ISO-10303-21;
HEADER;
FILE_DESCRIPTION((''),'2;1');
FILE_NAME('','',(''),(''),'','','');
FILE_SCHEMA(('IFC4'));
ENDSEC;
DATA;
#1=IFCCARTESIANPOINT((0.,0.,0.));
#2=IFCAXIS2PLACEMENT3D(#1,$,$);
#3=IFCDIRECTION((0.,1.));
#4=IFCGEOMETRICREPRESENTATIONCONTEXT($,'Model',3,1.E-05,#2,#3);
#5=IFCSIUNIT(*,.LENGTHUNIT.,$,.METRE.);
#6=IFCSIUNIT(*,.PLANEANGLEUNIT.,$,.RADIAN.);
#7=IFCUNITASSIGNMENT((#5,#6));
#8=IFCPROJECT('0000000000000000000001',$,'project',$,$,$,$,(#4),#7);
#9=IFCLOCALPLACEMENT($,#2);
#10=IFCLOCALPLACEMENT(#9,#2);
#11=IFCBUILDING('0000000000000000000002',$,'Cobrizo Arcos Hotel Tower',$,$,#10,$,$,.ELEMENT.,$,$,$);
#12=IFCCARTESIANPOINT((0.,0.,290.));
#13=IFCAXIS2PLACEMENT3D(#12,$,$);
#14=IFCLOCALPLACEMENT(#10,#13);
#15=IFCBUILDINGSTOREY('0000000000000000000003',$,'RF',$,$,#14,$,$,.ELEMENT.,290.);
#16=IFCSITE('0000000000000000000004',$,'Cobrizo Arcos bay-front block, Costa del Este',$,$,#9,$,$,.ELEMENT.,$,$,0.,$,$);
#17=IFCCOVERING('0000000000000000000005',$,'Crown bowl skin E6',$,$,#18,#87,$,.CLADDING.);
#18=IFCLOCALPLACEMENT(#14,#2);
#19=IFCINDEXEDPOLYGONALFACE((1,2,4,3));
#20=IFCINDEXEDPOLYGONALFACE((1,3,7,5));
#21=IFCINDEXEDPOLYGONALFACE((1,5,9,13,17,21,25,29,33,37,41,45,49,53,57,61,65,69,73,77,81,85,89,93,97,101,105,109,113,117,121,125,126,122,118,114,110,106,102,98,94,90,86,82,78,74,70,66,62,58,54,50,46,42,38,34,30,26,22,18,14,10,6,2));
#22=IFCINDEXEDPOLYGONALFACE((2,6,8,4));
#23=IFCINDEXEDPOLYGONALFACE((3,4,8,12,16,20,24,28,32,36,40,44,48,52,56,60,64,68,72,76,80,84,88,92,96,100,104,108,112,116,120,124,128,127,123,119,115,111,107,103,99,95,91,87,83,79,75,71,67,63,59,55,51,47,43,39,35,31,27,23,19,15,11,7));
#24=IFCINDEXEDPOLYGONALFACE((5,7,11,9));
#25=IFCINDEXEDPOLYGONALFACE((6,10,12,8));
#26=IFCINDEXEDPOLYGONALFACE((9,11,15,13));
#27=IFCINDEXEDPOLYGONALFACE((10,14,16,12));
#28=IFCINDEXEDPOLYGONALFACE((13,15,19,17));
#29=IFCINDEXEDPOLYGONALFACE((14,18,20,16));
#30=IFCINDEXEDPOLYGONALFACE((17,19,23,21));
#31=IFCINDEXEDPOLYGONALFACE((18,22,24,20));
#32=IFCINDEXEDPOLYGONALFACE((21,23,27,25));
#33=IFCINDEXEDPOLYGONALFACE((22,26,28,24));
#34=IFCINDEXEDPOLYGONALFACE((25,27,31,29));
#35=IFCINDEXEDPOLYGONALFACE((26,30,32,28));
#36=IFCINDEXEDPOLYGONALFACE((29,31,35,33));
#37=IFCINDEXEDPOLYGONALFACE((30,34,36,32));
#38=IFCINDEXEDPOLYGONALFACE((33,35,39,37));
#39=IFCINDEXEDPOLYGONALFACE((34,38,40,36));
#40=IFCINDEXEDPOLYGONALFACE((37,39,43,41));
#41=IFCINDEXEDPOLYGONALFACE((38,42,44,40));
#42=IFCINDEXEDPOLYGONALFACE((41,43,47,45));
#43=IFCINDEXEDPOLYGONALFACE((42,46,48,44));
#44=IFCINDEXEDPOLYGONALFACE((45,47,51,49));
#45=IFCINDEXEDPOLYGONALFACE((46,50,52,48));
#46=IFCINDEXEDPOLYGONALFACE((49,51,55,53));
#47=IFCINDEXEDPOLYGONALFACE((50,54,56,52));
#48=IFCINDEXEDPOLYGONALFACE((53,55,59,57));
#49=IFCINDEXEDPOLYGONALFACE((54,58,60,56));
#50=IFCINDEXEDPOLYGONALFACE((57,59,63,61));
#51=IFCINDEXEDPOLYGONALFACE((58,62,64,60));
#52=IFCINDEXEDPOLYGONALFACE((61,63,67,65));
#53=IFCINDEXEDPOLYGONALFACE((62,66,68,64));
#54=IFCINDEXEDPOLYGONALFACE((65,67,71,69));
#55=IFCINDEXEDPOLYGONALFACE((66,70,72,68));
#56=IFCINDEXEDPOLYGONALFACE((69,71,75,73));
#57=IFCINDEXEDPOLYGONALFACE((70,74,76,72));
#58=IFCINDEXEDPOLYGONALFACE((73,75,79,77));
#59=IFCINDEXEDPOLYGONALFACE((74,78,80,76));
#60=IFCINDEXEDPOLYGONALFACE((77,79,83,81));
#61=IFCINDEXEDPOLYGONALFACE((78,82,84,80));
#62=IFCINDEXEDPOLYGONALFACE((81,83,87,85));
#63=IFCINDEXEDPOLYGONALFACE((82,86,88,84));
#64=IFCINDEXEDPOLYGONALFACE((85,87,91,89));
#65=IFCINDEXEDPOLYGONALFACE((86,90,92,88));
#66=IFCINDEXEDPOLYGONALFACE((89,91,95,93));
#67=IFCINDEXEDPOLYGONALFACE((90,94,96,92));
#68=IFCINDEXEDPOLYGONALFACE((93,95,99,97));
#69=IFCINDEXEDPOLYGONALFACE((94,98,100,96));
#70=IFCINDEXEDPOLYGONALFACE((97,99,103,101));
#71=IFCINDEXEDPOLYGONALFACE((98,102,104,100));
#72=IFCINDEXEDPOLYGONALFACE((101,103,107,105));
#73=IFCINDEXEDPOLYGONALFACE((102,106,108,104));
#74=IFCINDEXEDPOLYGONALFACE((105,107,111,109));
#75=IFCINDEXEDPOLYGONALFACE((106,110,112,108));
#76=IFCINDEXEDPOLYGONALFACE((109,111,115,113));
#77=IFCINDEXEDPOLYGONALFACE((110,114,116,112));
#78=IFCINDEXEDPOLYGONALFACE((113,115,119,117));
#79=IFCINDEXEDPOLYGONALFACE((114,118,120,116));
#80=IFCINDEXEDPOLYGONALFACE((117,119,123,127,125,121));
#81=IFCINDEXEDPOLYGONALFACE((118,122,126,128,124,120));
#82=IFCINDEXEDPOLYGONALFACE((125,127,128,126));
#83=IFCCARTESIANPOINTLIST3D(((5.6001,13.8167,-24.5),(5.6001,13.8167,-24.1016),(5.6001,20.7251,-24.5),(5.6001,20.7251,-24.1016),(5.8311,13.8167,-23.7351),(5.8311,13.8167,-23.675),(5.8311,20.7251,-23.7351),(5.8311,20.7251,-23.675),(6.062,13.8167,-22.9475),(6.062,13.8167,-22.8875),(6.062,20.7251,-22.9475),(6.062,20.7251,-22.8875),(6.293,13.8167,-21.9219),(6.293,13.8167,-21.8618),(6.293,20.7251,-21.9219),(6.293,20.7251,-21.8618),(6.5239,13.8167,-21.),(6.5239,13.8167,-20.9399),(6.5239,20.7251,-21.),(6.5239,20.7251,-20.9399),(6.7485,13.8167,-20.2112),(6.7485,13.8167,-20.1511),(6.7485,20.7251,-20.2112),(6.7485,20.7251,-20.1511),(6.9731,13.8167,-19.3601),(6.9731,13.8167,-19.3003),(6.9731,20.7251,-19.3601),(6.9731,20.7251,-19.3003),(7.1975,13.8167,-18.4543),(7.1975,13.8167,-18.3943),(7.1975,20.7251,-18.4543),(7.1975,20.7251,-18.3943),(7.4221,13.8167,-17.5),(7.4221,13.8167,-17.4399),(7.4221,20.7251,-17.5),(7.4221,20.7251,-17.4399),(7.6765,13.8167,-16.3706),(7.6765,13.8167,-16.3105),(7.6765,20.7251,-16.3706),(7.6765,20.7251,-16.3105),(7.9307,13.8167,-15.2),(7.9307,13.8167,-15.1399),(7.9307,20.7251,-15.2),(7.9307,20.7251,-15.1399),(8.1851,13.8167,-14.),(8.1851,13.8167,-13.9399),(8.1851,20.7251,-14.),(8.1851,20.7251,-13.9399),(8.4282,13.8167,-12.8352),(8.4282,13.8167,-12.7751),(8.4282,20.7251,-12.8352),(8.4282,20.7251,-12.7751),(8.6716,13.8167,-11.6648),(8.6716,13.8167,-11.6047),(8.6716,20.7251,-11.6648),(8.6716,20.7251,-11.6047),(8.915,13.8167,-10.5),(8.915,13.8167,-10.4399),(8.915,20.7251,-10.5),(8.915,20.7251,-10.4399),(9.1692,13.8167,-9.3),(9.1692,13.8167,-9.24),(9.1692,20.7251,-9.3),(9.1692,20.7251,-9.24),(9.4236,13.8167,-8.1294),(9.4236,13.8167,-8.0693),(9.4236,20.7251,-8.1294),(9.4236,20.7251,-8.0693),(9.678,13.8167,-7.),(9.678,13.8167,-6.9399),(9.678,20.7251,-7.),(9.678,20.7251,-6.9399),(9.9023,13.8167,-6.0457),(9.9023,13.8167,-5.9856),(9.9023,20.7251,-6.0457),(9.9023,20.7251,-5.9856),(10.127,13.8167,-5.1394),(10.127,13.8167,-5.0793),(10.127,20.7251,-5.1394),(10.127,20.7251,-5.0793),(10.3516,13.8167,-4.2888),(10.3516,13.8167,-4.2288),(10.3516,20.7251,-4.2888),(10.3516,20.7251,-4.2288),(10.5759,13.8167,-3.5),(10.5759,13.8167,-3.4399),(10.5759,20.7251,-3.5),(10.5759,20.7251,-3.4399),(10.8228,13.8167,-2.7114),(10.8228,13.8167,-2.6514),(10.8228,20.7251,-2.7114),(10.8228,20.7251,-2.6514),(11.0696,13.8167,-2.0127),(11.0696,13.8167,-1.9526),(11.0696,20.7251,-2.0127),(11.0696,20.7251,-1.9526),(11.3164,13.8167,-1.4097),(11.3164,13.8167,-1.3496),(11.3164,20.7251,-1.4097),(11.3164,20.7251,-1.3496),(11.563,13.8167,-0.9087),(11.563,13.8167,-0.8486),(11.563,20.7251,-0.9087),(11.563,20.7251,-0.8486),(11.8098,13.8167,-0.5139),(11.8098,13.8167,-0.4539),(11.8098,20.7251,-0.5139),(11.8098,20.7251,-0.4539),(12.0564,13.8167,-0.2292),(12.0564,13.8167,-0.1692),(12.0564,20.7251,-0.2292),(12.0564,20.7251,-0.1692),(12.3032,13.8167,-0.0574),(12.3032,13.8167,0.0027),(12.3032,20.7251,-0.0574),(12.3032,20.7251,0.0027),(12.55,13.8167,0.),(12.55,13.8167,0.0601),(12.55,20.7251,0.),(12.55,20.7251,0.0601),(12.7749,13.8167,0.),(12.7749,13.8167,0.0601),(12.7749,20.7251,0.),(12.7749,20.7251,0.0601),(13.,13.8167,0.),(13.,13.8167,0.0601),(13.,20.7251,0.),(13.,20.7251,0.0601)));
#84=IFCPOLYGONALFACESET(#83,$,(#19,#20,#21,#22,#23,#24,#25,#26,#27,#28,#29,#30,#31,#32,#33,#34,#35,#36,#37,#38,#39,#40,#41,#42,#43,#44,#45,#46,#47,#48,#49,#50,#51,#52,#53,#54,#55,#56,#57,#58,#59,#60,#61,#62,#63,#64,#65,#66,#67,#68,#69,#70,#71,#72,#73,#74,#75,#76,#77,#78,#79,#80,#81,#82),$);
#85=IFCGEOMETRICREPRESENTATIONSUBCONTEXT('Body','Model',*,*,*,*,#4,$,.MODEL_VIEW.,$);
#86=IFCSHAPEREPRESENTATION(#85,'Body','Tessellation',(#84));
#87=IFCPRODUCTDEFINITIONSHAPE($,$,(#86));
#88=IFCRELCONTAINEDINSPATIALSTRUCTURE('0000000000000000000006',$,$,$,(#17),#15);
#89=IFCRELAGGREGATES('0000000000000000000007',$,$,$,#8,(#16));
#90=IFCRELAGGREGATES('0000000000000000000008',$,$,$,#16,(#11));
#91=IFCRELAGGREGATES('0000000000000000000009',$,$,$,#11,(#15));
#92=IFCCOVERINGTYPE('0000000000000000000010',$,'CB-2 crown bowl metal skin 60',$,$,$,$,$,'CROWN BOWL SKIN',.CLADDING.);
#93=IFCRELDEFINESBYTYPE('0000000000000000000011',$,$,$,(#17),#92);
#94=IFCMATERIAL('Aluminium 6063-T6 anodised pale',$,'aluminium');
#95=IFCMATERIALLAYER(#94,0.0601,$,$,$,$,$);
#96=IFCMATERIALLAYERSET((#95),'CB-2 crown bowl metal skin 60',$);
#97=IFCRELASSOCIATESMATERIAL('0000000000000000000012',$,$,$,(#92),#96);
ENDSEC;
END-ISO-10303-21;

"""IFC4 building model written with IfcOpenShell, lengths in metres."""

from ifc_helpers import new_model, si_unit, direction, frame, origin, place, context, subcontext, project, spatial, polyline, outline, extrude, material, layer, layer_set, type_object, element, save


model = new_model("IFC4")

# Units and contexts
model_context = context("Model", 3, precision=1e-05, world=origin(), true_north=direction((0.0, 1.0)))
body_context = subcontext(model_context, "Body", "Model", "MODEL_VIEW")
ifc_project = project(units=[si_unit("LENGTHUNIT", "METRE"), si_unit("PLANEANGLEUNIT", "RADIAN")], contexts=[model_context])

# Site, building, storey
site_placement = place(None, origin())
site = spatial("IfcSite", under=ifc_project, at=site_placement, Name="Cobrizo Arcos bay-front block, Costa del Este", CompositionType="ELEMENT", RefElevation=0.0)
building_placement = place(site_placement, origin())
building = spatial("IfcBuilding", under=site, at=building_placement, Name="Cobrizo Arcos Hotel Tower", CompositionType="ELEMENT")
storey_placement = place(building_placement, frame((0.0, 0.0, 290.0)))
storey = spatial("IfcBuildingStorey", under=building, at=storey_placement, Name="RF", CompositionType="ELEMENT", Elevation=290.0)

# Covering
ifc_material_1 = material(Name="Aluminium 6063-T6 anodised pale", Category="aluminium")
ifc_layer_1 = layer(ifc_material_1, 0.0601)
ifc_layer_set_1 = layer_set([ifc_layer_1], Name="CB-2 crown bowl metal skin 60")
covering_type_1 = type_object("IfcCoveringType", Name="CB-2 crown bowl metal skin 60", ElementType="CROWN BOWL SKIN", PredefinedType="CLADDING", material=ifc_layer_set_1)
covering_1_placement = place(storey_placement, frame((0.0, 13.8167, -24.5), z_axis=(0.0, 1.0, 0.0), x_axis=(-1.0, 0.0, 0.0)))
element("IfcCovering", 1, at=covering_1_placement, inside=storey, type_object=covering_type_1, Name="Crown bowl skin E6", PredefinedType="CLADDING", context=body_context, shape_type="SweptSolid", body=[
    extrude(outline(polyline([(-5.6001, 0.0), (-5.6001, 0.3984), (-5.8311, 0.825), (-6.062, 1.6125), (-6.293, 2.6382), (-6.5239, 3.5601), (-6.7485, 4.3489), (-6.9731, 5.1997), (-7.1975, 6.1057), (-7.4221, 7.0601), (-7.6765, 8.1895), (-7.9307, 9.3601), (-8.1851, 10.5601), (-8.4282, 11.7249), (-8.6716, 12.8953), (-8.915, 14.0601), (-9.1692, 15.26), (-9.4236, 16.4307), (-9.678, 17.5601), (-9.9023, 18.5144), (-10.127, 19.4207), (-10.3516, 20.2712), (-10.5759, 21.0601), (-10.8228, 21.8486), (-11.0696, 22.5474), (-11.3164, 23.1504), (-11.563, 23.6514), (-11.8098, 24.0461), (-12.0564, 24.3308), (-12.3032, 24.5027), (-12.55, 24.5601), (-12.7749, 24.5601), (-13.0, 24.5601), (-13.0, 24.5), (-12.7749, 24.5), (-12.55, 24.5), (-12.3032, 24.4426), (-12.0564, 24.2708), (-11.8098, 23.9861), (-11.563, 23.5913), (-11.3164, 23.0903), (-11.0696, 22.4873), (-10.8228, 21.7886), (-10.5759, 21.0), (-10.3516, 20.2112), (-10.127, 19.3606), (-9.9023, 18.4543), (-9.678, 17.5), (-9.4236, 16.3706), (-9.1692, 15.2), (-8.915, 14.0), (-8.6716, 12.8352), (-8.4282, 11.6648), (-8.1851, 10.5), (-7.9307, 9.3), (-7.6765, 8.1294), (-7.4221, 7.0), (-7.1975, 6.0457), (-6.9731, 5.1399), (-6.7485, 4.2888), (-6.5239, 3.5), (-6.293, 2.5781), (-6.062, 1.5525), (-5.8311, 0.7649), (-5.6001, 0.0)])), origin(), (0.0, 0.0, 1.0), 6.9084),
])

save(model, "model.ifc")
